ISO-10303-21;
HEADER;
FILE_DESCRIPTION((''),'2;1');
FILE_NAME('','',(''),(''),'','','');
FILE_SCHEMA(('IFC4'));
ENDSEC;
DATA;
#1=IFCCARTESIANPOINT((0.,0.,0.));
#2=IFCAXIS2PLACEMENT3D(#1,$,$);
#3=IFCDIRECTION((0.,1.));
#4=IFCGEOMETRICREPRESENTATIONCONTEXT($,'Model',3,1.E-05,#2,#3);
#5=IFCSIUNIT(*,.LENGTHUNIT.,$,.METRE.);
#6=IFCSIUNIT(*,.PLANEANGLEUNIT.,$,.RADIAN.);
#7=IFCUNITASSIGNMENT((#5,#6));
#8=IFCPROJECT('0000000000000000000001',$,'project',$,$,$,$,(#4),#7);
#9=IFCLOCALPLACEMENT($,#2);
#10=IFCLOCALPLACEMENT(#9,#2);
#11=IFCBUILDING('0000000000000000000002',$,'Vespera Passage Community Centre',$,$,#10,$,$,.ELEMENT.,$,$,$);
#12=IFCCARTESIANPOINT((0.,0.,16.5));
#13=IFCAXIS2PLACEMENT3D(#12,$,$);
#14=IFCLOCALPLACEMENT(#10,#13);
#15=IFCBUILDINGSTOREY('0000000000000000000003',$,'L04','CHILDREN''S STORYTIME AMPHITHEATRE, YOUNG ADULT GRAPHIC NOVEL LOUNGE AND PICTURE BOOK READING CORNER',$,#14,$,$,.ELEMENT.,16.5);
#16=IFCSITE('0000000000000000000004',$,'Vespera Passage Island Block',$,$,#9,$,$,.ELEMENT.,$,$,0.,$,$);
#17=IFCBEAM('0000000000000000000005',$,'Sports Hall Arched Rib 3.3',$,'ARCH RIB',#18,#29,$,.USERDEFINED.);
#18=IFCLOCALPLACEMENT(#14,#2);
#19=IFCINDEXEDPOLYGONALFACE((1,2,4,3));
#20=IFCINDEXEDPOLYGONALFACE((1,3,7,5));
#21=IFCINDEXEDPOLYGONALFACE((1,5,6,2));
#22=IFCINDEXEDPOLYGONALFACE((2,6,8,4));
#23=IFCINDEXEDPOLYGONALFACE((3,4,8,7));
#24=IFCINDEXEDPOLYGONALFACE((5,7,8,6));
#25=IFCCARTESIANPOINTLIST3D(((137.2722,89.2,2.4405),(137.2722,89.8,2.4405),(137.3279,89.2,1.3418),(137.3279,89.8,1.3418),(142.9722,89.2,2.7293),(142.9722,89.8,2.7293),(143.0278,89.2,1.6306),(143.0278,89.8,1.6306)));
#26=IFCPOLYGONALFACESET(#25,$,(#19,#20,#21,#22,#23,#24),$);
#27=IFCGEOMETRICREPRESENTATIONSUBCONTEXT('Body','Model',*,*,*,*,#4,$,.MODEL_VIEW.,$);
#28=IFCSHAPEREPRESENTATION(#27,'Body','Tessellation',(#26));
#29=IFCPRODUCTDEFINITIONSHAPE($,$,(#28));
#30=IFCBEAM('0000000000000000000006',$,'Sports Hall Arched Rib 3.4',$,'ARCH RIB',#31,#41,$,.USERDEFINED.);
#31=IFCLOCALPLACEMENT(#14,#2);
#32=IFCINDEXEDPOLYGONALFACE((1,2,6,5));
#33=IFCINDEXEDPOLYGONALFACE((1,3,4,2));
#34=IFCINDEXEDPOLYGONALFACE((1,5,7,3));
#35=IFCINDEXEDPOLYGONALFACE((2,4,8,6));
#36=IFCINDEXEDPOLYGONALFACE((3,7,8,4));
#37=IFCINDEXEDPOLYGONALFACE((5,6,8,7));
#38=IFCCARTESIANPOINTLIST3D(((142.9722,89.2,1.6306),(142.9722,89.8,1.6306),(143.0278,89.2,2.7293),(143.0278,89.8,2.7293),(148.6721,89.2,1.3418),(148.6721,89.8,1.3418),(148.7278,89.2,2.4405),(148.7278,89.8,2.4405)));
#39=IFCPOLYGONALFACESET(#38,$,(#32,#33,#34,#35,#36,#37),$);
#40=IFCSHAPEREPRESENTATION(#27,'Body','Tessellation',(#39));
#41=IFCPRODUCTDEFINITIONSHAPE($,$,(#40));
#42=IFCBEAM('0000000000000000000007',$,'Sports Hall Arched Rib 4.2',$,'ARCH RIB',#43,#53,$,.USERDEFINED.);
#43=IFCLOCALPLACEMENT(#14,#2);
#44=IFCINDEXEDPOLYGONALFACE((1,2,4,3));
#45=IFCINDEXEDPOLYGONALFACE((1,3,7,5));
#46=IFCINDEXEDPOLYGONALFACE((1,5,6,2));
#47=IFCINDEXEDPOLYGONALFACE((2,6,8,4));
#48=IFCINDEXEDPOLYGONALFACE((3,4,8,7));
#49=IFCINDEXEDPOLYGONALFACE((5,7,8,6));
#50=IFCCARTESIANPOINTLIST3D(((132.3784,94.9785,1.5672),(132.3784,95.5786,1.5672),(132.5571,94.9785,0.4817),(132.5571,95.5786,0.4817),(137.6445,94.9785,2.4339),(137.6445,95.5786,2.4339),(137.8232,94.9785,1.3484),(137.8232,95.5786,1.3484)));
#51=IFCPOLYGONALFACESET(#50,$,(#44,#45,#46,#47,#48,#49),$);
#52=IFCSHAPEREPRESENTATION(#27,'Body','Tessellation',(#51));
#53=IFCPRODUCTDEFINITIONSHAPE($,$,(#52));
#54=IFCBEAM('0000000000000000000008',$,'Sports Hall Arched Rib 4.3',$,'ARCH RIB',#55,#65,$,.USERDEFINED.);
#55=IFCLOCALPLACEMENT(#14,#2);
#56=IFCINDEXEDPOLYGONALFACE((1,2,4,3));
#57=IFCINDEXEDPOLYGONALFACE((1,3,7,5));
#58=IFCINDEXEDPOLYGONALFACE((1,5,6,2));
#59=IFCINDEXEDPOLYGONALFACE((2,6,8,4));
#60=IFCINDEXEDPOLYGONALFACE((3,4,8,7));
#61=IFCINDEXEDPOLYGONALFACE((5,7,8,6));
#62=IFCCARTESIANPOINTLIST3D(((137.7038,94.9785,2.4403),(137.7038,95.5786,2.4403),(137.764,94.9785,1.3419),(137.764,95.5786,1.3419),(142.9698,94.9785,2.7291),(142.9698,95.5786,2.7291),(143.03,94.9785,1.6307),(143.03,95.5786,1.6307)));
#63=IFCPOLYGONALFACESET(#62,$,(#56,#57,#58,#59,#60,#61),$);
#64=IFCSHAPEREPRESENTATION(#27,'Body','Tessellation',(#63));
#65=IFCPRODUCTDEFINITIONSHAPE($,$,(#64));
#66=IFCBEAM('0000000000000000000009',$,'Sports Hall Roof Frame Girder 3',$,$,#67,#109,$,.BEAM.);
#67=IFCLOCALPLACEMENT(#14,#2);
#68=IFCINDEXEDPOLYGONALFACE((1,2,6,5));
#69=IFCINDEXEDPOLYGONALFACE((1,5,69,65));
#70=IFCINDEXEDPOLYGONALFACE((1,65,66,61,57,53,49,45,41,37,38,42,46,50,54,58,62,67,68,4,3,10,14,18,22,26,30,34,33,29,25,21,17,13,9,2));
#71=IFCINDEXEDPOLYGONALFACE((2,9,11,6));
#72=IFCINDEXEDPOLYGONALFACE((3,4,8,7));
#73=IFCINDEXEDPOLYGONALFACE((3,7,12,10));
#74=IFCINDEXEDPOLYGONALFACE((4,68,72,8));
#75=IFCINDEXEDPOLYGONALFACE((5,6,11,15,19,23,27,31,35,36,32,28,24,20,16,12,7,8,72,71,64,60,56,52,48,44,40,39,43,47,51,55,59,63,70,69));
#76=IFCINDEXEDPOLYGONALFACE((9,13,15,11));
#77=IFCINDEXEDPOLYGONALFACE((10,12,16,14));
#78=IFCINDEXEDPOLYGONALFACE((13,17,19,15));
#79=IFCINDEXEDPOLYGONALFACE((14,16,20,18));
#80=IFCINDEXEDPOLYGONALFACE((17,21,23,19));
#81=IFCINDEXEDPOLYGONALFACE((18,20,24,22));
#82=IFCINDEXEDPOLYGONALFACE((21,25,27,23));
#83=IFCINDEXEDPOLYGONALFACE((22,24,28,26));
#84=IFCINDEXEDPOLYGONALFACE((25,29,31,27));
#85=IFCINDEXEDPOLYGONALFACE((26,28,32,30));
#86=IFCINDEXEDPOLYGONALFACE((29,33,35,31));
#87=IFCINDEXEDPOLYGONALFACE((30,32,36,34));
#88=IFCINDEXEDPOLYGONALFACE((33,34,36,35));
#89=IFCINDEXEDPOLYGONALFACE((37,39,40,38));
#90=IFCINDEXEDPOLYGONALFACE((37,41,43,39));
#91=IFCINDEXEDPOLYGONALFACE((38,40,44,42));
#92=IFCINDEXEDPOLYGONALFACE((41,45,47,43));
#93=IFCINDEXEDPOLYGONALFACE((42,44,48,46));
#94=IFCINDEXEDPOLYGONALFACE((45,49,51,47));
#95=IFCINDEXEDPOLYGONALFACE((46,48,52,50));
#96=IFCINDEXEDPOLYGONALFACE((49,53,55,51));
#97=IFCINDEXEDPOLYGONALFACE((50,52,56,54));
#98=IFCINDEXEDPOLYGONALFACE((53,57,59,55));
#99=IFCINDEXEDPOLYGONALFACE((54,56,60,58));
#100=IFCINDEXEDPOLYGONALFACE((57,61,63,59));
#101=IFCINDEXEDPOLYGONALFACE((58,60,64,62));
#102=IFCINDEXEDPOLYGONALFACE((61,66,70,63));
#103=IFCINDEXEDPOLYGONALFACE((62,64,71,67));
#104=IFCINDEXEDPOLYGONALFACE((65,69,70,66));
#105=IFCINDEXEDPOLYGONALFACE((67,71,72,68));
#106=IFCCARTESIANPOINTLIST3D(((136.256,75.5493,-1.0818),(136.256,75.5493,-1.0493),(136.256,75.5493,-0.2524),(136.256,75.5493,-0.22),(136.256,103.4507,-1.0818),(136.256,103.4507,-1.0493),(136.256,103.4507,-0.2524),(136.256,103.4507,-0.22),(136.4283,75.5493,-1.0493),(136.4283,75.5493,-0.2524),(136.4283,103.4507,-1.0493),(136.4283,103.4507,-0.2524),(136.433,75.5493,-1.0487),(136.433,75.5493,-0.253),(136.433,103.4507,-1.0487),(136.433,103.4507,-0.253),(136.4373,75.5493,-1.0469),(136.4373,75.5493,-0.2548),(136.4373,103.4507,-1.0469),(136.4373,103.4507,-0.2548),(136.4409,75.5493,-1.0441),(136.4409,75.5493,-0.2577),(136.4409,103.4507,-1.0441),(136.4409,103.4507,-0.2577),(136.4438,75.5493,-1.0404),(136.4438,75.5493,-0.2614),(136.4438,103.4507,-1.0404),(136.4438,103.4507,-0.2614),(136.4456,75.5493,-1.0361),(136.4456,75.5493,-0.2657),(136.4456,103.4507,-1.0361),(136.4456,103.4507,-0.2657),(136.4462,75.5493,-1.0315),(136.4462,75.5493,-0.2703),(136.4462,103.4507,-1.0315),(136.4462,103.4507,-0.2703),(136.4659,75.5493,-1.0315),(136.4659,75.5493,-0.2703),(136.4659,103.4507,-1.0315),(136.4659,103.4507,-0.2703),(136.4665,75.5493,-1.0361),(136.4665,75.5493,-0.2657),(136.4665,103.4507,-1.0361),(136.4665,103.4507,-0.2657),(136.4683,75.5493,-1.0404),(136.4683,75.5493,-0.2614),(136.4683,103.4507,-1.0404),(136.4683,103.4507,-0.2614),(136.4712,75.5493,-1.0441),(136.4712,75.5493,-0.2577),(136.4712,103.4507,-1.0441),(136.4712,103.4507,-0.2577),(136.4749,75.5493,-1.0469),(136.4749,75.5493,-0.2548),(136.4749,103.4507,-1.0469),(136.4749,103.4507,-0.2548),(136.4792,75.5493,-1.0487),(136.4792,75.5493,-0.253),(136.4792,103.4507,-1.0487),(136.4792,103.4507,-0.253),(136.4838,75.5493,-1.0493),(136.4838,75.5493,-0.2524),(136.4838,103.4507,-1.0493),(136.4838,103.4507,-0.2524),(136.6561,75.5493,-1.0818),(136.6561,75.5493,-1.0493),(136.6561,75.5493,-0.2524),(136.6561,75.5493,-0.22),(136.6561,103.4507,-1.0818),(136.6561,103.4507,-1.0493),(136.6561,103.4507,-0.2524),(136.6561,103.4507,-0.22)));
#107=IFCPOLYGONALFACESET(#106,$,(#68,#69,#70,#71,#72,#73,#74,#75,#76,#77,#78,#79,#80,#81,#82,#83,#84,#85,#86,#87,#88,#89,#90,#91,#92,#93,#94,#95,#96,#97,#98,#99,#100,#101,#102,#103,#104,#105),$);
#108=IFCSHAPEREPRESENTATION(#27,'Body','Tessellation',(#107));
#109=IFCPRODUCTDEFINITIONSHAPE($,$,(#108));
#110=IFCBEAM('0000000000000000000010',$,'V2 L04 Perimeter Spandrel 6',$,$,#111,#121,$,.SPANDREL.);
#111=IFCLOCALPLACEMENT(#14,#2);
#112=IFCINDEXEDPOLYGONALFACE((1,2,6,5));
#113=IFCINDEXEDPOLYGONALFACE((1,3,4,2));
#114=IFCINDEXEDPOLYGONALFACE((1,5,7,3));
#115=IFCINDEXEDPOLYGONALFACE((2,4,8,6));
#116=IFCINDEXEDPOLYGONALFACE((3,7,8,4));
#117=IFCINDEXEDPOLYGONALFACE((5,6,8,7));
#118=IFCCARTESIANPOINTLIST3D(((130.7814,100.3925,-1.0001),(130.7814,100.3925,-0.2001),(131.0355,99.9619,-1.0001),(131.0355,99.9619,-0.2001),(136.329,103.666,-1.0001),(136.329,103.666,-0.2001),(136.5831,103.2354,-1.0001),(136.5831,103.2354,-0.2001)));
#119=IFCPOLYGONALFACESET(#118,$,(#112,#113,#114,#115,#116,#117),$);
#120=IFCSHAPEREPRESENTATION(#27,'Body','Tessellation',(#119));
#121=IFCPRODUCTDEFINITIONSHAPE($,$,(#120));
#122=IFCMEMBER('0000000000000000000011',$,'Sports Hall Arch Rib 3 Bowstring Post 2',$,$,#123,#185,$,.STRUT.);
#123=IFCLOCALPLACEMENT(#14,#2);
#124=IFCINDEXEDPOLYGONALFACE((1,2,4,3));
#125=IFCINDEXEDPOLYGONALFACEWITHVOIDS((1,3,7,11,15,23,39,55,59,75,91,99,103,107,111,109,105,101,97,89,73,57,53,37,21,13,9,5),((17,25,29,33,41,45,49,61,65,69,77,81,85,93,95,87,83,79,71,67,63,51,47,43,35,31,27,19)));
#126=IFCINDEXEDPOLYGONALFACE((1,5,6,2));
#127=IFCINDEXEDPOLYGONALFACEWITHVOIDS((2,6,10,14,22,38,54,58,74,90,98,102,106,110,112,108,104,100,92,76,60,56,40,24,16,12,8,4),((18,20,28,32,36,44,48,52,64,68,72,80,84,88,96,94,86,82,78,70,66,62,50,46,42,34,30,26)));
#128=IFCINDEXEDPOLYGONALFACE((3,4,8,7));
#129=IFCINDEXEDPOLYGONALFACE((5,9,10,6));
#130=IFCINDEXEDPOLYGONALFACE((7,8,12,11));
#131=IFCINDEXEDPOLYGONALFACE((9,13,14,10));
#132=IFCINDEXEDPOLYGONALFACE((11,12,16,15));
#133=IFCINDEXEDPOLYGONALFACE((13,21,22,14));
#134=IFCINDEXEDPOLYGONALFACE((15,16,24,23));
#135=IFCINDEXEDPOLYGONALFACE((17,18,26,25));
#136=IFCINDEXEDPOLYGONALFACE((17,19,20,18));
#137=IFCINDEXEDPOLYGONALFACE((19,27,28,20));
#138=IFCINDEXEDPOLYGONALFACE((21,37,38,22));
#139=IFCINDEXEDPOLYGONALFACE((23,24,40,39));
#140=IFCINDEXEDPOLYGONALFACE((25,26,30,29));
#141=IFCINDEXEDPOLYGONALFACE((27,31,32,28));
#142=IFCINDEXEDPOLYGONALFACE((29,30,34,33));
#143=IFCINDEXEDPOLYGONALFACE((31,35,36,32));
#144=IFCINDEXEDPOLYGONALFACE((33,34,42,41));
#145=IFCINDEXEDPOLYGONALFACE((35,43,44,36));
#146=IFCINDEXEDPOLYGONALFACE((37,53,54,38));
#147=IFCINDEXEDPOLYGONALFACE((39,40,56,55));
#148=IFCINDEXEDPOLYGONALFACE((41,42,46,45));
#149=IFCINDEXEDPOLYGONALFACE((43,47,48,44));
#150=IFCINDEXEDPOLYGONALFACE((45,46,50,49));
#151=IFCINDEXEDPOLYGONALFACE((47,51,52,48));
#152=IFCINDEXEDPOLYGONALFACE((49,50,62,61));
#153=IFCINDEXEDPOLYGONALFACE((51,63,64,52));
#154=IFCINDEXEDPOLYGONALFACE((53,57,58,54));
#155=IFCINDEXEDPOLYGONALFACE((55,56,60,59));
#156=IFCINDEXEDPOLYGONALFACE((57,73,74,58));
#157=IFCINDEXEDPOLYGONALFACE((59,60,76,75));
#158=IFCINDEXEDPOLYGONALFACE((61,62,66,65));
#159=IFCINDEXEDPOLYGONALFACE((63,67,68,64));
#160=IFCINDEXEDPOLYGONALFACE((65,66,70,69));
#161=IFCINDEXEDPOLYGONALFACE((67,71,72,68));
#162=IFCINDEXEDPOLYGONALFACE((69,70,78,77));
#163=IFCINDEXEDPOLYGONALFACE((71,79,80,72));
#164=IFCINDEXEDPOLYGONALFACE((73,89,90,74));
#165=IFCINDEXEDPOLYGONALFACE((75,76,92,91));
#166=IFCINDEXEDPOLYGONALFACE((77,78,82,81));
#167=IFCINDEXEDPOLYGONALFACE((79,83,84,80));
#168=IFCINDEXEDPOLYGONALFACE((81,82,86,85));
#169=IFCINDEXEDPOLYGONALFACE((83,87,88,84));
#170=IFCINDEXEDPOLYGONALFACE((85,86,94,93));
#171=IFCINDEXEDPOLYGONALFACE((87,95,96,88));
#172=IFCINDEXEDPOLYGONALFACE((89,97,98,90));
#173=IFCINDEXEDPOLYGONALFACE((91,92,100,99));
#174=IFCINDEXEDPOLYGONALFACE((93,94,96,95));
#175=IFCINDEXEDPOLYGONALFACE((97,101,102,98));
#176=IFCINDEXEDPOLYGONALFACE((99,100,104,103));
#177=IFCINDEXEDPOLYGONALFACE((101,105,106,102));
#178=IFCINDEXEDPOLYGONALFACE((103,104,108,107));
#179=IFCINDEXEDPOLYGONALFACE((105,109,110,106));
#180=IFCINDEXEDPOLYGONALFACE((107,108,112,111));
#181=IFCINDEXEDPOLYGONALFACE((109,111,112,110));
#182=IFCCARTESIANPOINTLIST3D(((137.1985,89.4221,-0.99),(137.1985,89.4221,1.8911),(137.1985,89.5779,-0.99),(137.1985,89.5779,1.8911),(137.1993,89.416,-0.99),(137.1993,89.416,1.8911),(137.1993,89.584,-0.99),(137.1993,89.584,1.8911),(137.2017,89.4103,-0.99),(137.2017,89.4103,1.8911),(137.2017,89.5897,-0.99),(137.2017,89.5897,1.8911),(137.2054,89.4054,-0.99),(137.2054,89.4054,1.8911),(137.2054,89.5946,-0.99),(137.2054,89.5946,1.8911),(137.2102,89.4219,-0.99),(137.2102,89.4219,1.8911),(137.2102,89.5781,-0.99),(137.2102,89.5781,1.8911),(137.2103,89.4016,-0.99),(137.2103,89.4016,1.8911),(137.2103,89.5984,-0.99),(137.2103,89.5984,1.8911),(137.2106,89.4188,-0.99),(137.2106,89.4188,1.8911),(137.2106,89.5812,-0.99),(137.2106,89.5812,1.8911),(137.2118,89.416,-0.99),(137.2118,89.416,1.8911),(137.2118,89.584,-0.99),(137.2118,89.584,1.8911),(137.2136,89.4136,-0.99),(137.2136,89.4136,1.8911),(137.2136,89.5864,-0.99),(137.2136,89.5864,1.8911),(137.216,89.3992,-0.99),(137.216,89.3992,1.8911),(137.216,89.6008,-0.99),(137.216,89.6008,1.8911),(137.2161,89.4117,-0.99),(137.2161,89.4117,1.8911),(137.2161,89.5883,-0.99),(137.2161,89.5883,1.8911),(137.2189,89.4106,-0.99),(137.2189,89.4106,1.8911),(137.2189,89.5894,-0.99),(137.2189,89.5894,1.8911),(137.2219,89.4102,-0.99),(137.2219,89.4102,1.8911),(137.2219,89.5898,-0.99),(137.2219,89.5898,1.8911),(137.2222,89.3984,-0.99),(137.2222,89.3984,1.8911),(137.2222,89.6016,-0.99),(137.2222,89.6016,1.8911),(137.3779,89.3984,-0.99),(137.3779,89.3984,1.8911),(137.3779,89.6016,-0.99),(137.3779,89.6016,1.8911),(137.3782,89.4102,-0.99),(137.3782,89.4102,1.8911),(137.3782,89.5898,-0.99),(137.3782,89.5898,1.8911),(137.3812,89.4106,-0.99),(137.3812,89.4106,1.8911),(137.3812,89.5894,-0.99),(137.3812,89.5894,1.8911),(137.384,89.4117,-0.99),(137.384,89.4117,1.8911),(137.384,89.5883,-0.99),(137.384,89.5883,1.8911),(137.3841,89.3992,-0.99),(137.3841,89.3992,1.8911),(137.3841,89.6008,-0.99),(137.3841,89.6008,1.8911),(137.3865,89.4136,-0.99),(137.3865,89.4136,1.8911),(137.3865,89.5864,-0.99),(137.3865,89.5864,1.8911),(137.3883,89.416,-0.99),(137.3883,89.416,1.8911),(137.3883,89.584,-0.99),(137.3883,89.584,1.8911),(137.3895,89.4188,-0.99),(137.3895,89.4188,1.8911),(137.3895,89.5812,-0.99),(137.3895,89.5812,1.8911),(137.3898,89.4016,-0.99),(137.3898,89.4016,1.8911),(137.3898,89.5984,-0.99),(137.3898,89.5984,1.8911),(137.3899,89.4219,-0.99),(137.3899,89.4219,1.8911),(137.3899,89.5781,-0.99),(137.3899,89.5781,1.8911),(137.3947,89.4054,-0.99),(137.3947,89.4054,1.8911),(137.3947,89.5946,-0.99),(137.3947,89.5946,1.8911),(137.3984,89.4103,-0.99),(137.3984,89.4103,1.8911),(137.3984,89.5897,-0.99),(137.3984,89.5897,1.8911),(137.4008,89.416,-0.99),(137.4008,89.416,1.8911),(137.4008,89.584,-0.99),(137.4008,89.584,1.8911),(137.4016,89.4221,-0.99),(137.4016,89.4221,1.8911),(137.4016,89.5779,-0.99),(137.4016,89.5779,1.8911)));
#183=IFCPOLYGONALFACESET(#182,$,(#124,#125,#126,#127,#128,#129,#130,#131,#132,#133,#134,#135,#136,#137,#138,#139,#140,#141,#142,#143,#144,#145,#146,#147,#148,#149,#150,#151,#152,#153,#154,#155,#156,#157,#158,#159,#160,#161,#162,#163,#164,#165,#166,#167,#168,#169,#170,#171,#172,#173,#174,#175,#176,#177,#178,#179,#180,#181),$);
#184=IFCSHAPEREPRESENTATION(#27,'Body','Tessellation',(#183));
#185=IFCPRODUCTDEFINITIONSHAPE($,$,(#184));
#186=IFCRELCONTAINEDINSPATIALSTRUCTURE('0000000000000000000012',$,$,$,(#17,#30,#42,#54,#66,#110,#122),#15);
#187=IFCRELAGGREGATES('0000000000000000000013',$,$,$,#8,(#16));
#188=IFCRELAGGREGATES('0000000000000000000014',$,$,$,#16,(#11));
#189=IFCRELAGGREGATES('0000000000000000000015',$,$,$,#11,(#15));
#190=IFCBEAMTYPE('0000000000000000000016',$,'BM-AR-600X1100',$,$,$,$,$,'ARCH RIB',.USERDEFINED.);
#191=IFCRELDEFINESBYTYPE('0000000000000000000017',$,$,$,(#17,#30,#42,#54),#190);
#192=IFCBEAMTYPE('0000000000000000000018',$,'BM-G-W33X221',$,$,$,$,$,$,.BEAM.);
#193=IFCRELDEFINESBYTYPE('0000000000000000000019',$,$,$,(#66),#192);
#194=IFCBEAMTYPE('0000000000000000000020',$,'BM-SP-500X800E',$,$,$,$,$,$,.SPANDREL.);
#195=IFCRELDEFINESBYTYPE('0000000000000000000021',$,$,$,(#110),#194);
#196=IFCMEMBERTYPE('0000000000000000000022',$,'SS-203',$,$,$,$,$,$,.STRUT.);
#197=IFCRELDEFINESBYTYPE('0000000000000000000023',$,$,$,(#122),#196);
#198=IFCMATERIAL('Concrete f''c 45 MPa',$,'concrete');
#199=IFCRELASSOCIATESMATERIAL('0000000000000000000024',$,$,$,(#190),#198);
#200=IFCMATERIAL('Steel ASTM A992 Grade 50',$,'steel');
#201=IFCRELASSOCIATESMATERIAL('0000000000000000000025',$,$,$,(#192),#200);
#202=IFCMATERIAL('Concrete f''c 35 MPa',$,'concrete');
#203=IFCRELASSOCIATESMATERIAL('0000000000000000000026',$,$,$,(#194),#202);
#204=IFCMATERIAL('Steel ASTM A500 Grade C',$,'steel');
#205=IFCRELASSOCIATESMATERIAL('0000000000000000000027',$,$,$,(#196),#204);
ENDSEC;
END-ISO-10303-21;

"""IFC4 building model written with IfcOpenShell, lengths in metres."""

from ifc_helpers import new_model, si_unit, direction, frame, origin, origin_2d, place, context, subcontext, project, spatial, rectangle, hollow_rectangle, i_section, extrude, material, material_profile, profile_set, type_object, element, save


model = new_model("IFC4")

# Units and contexts
model_context = context("Model", 3, precision=1e-05, world=origin(), true_north=direction((0.0, 1.0)))
body_context = subcontext(model_context, "Body", "Model", "MODEL_VIEW")
ifc_project = project(units=[si_unit("LENGTHUNIT", "METRE"), si_unit("PLANEANGLEUNIT", "RADIAN")], contexts=[model_context])

# Site, building, storey
site_placement = place(None, origin())
site = spatial("IfcSite", under=ifc_project, at=site_placement, Name="Vespera Passage Island Block", CompositionType="ELEMENT", RefElevation=0.0)
building_placement = place(site_placement, origin())
building = spatial("IfcBuilding", under=site, at=building_placement, Name="Vespera Passage Community Centre", CompositionType="ELEMENT")
storey_placement = place(building_placement, frame((0.0, 0.0, 16.5)))
storey = spatial("IfcBuildingStorey", under=building, at=storey_placement, Name="L04", Description="CHILDREN'S STORYTIME AMPHITHEATRE, YOUNG ADULT GRAPHIC NOVEL LOUNGE AND PICTURE BOOK READING CORNER", CompositionType="ELEMENT", Elevation=16.5)

# Beams
ifc_material_1 = material(Name="Concrete f'c 45 MPa", Category="concrete")
ifc_material_profile_1 = material_profile(ifc_material_1, rectangle(XDim=0.6001, YDim=1.1001, at=origin_2d()), Name="RC600X1100")
ifc_profile_set_1 = profile_set([ifc_material_profile_1], Name="Concrete f'c 45 MPa")
beam_type_1 = type_object("IfcBeamType", Name="BM-AR-600X1100", ElementType="ARCH RIB", PredefinedType="USERDEFINED", material=ifc_profile_set_1)
for number, where, z_axis, x_axis, name in (
    (1, (137.3, 89.5, 1.8911), (0.998719, 0.0, 0.050605), (0.0, 1.0, 0.0), "Sports Hall Arched Rib 3.3"),
    (2, (143.0, 89.5, 2.1799), (0.998719, 0.0, -0.050605), (0.0, 1.0, 0.0), "Sports Hall Arched Rib 3.4"),
):
    element("IfcBeam", number, at=place(storey_placement, frame(where, z_axis=z_axis, x_axis=x_axis)), inside=storey, type_object=beam_type_1, Name=name, ObjectType="ARCH RIB", PredefinedType="USERDEFINED", context=body_context, shape_type="SweptSolid", body=[
        extrude(rectangle(XDim=0.6001, YDim=1.1001, at=origin_2d()), origin(), (0.0, 0.0, 1.0), 5.7073),
    ])
beam_1_placement = place(storey_placement, frame((132.4678, 95.2786, 1.0244), z_axis=(0.986726, 0.0, 0.162396), x_axis=(0.0, 1.0, 0.0)))
element("IfcBeam", 3, at=beam_1_placement, inside=storey, type_object=beam_type_1, Name="Sports Hall Arched Rib 4.2", ObjectType="ARCH RIB", PredefinedType="USERDEFINED", context=body_context, shape_type="SweptSolid", body=[
    extrude(rectangle(XDim=0.6001, YDim=1.1001, at=origin_2d()), origin(), (0.0, 0.0, 1.0), 5.3369),
])
beam_2_placement = place(storey_placement, frame((137.7339, 95.2786, 1.8911), z_axis=(0.998499, 0.0, 0.054762), x_axis=(0.0, 1.0, 0.0)))
element("IfcBeam", 4, at=beam_2_placement, inside=storey, type_object=beam_type_1, Name="Sports Hall Arched Rib 4.3", ObjectType="ARCH RIB", PredefinedType="USERDEFINED", context=body_context, shape_type="SweptSolid", body=[
    extrude(rectangle(XDim=0.6001, YDim=1.1001, at=origin_2d()), origin(), (0.0, 0.0, 1.0), 5.2739),
])
ifc_material_2 = material(Name="Steel ASTM A992 Grade 50", Category="steel")
ifc_material_profile_2 = material_profile(ifc_material_2, i_section(OverallWidth=0.4001, OverallDepth=0.8618, WebThickness=0.0198, FlangeThickness=0.0325, FilletRadius=0.0178, at=origin_2d()), Name="W33X221")
ifc_profile_set_2 = profile_set([ifc_material_profile_2], Name="Steel ASTM A992 Grade 50")
beam_type_2 = type_object("IfcBeamType", Name="BM-G-W33X221", PredefinedType="BEAM", material=ifc_profile_set_2)
beam_3_placement = place(storey_placement, frame((136.4561, 103.4507, -0.6509), z_axis=(0.0, -1.0, 0.0), x_axis=(1.0, 0.0, 0.0)))
element("IfcBeam", 5, at=beam_3_placement, inside=storey, type_object=beam_type_2, Name="Sports Hall Roof Frame Girder 3", PredefinedType="BEAM", context=body_context, shape_type="SweptSolid", body=[
    extrude(i_section(OverallWidth=0.4001, OverallDepth=0.8618, WebThickness=0.0198, FlangeThickness=0.0325, FilletRadius=0.0178, at=origin_2d()), origin(), (0.0, 0.0, 1.0), 27.9014),
])
ifc_material_3 = material(Name="Concrete f'c 35 MPa", Category="concrete")
ifc_material_profile_3 = material_profile(ifc_material_3, rectangle(XDim=0.5, YDim=0.8, at=origin_2d()), Name="RC500X800")
ifc_profile_set_3 = profile_set([ifc_material_profile_3], Name="Concrete f'c 35 MPa")
beam_type_3 = type_object("IfcBeamType", Name="BM-SP-500X800E", PredefinedType="SPANDREL", material=ifc_profile_set_3)
beam_4_placement = place(storey_placement, frame((136.4561, 103.4507, -0.6001), z_axis=(-0.861246, -0.508189, 0.0), x_axis=(0.508189, -0.861246, 0.0)))
element("IfcBeam", 6, at=beam_4_placement, inside=storey, type_object=beam_type_3, Name="V2 L04 Perimeter Spandrel 6", PredefinedType="SPANDREL", context=body_context, shape_type="SweptSolid", body=[
    extrude(rectangle(XDim=0.5, YDim=0.8, at=origin_2d()), origin(), (0.0, 0.0, 1.0), 6.4414),
])

# Member
ifc_material_4 = material(Name="Steel ASTM A500 Grade C", Category="steel")
ifc_material_profile_4 = material_profile(ifc_material_4, hollow_rectangle(XDim=0.2031, YDim=0.2031, WallThickness=0.0117, InnerFilletRadius=0.0117, OuterFilletRadius=0.0237, at=origin_2d()), Name="HSS203X203X12.7")
ifc_profile_set_4 = profile_set([ifc_material_profile_4], Name="Steel ASTM A500 Grade C")
member_type = type_object("IfcMemberType", Name="SS-203", PredefinedType="STRUT", material=ifc_profile_set_4)
member_1_placement = place(storey_placement, frame((137.3, 89.5, -0.99), z_axis=(0.0, 0.0, 1.0), x_axis=(1.0, 0.0, 0.0)))
element("IfcMember", 7, at=member_1_placement, inside=storey, type_object=member_type, Name="Sports Hall Arch Rib 3 Bowstring Post 2", PredefinedType="STRUT", context=body_context, shape_type="SweptSolid", body=[
    extrude(hollow_rectangle(XDim=0.2031, YDim=0.2031, WallThickness=0.0117, InnerFilletRadius=0.0117, OuterFilletRadius=0.0237, at=origin_2d()), origin(), (0.0, 0.0, 1.0), 2.8811),
])

save(model, "model.ifc")
